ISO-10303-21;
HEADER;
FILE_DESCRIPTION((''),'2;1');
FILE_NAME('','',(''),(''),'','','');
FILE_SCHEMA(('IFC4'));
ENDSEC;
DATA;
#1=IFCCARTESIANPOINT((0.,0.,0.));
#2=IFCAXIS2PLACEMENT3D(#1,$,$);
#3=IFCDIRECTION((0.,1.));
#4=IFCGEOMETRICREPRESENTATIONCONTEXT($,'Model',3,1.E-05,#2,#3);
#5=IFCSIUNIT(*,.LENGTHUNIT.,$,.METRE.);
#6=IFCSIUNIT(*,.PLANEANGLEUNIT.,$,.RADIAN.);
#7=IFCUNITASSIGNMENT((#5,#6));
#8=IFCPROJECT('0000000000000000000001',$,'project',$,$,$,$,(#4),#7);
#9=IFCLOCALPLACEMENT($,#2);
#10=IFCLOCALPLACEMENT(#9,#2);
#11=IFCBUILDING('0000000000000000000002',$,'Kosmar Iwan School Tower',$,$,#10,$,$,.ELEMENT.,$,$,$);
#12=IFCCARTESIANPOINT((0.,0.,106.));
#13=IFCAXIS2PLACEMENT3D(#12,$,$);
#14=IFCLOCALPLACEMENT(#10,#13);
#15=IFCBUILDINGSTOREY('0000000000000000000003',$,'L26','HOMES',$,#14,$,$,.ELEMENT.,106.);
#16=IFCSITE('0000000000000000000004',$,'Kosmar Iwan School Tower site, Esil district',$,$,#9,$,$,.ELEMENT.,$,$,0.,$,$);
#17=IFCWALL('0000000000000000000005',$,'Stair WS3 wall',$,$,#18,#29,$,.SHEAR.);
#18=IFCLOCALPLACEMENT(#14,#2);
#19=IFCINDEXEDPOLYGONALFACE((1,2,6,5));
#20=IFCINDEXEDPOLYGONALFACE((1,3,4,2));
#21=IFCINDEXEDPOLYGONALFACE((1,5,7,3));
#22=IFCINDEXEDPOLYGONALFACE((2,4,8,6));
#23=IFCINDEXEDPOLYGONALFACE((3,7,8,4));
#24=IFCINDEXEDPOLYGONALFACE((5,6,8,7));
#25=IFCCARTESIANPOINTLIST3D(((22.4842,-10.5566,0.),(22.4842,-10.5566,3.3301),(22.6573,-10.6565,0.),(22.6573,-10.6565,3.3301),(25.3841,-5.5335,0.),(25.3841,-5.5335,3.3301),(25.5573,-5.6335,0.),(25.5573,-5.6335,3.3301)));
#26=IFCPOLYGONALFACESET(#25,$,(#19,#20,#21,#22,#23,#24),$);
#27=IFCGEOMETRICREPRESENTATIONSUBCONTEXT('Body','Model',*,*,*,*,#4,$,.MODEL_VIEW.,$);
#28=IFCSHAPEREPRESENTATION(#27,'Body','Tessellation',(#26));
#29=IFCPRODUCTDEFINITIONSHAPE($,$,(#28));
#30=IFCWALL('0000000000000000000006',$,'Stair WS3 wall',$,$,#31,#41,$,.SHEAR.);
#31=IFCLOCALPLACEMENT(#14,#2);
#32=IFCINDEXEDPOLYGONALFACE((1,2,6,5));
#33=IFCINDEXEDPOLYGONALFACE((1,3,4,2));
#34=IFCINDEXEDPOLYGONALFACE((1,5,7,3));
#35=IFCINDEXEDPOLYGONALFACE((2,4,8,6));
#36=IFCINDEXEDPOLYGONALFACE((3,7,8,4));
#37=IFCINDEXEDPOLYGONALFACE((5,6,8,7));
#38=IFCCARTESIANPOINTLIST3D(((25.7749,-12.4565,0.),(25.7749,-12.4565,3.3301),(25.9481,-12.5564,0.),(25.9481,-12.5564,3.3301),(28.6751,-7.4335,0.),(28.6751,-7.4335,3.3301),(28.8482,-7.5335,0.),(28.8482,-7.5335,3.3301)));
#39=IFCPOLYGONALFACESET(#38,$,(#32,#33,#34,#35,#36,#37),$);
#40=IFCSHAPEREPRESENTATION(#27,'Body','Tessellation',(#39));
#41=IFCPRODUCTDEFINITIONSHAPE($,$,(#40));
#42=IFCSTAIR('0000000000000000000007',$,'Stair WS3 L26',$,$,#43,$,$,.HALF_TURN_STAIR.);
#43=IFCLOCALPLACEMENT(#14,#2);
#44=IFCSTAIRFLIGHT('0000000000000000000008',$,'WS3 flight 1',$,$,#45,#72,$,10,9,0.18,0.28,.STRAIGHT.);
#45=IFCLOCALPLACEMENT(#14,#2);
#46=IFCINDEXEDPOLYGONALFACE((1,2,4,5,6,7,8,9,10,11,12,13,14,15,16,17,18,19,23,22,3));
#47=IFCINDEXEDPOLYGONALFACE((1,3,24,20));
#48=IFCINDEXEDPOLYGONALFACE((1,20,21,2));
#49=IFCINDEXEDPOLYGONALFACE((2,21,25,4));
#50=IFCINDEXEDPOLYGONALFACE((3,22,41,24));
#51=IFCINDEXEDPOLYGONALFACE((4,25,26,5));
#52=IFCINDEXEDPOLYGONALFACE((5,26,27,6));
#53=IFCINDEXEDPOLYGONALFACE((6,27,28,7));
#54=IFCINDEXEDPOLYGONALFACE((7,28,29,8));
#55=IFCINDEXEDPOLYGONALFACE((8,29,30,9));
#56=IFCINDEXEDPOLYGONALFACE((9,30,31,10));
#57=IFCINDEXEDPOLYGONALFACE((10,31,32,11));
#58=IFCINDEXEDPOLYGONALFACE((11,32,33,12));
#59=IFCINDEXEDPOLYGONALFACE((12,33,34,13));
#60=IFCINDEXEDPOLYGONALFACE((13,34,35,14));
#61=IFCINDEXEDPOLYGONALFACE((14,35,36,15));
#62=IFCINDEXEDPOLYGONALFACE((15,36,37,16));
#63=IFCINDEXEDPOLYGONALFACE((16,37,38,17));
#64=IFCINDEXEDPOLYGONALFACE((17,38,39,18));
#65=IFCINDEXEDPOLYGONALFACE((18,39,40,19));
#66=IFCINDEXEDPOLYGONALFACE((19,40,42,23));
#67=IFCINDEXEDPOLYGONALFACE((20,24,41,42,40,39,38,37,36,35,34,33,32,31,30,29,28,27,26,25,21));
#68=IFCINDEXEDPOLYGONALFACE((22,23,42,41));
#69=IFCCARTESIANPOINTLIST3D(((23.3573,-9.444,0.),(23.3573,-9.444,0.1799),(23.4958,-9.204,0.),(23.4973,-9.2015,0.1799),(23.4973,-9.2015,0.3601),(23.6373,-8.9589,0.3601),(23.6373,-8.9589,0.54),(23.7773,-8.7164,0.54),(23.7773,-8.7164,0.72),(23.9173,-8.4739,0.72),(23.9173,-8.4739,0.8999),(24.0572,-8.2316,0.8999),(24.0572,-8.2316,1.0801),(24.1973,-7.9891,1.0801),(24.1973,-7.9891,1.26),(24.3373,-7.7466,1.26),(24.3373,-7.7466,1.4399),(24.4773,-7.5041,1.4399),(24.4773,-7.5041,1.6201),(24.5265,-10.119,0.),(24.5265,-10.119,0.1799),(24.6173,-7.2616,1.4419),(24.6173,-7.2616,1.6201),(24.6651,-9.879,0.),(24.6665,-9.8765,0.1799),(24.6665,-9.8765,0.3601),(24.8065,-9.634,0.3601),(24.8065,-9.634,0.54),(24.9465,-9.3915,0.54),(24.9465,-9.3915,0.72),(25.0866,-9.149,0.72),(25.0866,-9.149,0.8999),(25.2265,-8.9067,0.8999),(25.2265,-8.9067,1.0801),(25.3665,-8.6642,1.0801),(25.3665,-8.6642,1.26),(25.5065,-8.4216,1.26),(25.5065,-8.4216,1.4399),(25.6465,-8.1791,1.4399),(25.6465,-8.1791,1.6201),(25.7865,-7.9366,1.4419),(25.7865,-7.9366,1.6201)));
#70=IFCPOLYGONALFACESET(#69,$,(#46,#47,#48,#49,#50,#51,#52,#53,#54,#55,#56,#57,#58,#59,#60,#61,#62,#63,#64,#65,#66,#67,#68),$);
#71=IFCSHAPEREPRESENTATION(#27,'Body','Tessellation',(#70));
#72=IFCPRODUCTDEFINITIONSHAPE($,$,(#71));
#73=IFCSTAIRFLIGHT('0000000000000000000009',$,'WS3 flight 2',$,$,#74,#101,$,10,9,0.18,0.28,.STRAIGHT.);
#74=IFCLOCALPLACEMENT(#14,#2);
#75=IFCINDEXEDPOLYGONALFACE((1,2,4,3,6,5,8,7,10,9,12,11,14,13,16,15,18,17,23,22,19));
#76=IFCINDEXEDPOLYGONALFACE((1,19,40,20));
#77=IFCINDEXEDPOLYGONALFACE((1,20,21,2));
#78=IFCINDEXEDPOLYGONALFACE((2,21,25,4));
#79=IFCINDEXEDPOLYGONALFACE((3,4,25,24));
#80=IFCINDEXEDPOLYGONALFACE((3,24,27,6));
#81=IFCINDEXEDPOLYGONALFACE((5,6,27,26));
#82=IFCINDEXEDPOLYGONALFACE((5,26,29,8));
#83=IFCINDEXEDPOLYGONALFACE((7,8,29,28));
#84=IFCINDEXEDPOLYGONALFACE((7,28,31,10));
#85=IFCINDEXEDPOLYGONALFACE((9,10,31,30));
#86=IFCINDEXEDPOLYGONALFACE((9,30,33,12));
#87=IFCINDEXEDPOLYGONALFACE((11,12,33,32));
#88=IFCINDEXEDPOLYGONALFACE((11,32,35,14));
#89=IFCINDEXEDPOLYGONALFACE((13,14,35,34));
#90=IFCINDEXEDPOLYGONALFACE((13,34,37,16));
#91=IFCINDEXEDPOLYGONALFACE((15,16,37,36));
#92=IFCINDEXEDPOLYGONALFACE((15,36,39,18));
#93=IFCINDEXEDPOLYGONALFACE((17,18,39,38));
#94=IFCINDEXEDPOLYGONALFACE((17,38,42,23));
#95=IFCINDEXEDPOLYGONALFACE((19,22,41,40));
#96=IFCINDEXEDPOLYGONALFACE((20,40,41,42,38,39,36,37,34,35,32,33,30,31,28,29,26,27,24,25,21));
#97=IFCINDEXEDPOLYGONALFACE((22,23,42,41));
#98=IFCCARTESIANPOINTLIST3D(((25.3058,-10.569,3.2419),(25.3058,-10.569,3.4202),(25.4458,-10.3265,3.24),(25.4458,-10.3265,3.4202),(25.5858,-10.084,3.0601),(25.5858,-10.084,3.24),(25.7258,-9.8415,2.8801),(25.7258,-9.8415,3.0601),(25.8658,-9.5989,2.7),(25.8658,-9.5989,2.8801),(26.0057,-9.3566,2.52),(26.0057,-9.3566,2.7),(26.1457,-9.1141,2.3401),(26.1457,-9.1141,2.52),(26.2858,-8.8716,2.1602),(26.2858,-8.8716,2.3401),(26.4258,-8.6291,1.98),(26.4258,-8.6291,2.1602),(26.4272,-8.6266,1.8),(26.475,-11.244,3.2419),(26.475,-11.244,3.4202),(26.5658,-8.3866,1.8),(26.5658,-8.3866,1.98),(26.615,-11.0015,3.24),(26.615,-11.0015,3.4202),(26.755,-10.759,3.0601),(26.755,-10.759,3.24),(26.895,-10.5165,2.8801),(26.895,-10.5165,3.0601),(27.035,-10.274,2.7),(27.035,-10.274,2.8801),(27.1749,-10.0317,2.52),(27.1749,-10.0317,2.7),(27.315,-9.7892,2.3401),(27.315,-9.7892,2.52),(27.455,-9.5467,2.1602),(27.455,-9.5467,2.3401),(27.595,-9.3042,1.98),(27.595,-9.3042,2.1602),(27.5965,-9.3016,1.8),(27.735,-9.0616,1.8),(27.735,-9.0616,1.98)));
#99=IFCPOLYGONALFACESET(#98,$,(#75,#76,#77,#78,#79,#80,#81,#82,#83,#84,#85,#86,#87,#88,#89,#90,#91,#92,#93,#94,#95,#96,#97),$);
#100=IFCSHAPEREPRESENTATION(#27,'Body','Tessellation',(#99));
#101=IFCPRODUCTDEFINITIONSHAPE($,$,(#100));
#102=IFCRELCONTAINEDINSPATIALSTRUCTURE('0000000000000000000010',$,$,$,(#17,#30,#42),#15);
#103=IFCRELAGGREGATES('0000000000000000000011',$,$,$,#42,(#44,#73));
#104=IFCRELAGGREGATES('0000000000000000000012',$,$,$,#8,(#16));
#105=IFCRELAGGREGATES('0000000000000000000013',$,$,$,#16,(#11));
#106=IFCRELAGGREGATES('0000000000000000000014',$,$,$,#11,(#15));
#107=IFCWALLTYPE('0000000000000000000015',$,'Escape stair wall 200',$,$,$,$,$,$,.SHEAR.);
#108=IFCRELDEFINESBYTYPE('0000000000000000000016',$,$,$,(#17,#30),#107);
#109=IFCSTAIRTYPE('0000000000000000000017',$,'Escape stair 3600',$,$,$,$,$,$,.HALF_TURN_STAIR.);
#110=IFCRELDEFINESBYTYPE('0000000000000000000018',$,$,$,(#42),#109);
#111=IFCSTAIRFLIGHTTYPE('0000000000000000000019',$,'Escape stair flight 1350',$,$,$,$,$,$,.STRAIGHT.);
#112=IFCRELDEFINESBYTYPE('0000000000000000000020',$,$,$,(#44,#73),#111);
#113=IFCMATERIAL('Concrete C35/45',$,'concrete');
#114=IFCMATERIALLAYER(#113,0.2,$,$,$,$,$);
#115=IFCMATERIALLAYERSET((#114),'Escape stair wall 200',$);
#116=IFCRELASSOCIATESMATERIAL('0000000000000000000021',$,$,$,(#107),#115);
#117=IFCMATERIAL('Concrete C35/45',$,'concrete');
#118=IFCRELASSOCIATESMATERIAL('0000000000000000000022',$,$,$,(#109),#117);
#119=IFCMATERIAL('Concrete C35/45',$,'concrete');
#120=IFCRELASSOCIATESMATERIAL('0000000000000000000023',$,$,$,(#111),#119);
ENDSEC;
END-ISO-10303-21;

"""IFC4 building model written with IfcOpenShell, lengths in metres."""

from ifc_helpers import new_model, si_unit, direction, frame, frame_2d, origin, place, context, subcontext, project, spatial, polyline, rectangle, outline, extrude, material, layer, layer_set, type_object, element, aggregate, save


model = new_model("IFC4")

# Units and contexts
model_context = context("Model", 3, precision=1e-05, world=origin(), true_north=direction((0.0, 1.0)))
body_context = subcontext(model_context, "Body", "Model", "MODEL_VIEW")
ifc_project = project(units=[si_unit("LENGTHUNIT", "METRE"), si_unit("PLANEANGLEUNIT", "RADIAN")], contexts=[model_context])

# Site, building, storey
site_placement = place(None, origin())
site = spatial("IfcSite", under=ifc_project, at=site_placement, Name="Kosmar Iwan School Tower site, Esil district", CompositionType="ELEMENT", RefElevation=0.0)
building_placement = place(site_placement, origin())
building = spatial("IfcBuilding", under=site, at=building_placement, Name="Kosmar Iwan School Tower", CompositionType="ELEMENT")
storey_placement = place(building_placement, frame((0.0, 0.0, 106.0)))
storey = spatial("IfcBuildingStorey", under=building, at=storey_placement, Name="L26", Description="HOMES", CompositionType="ELEMENT", Elevation=106.0)

# Walls
ifc_material_1 = material(Name="Concrete C35/45", Category="concrete")
ifc_layer_1 = layer(ifc_material_1, 0.2)
ifc_layer_set_1 = layer_set([ifc_layer_1], Name="Escape stair wall 200")
wall_type_1 = type_object("IfcWallType", Name="Escape stair wall 200", PredefinedType="SHEAR", material=ifc_layer_set_1)
for number, where, z_axis, x_axis, name in (
    (1, (22.5708, -10.6064, 0.0), (0.0, 0.0, 1.0), (0.499987, 0.866033, 0.0), "Stair WS3 wall"),
    (2, (25.8616, -12.5063, 0.0), (0.0, 0.0, 1.0), (0.500019, 0.866015, 0.0), "Stair WS3 wall"),
):
    element("IfcWall", number, at=place(storey_placement, frame(where, z_axis=z_axis, x_axis=x_axis)), inside=storey, type_object=wall_type_1, Name=name, PredefinedType="SHEAR", context=body_context, shape_type="SweptSolid", body=[
        extrude(rectangle(XDim=5.8, YDim=0.2, at=frame_2d((2.8999, 0.0))), origin(), (0.0, 0.0, 1.0), 3.3301),
    ])

# Stair, stair flights
ifc_material_2 = material(Name="Concrete C35/45", Category="concrete")
stair_type = type_object("IfcStairType", Name="Escape stair 3600", PredefinedType="HALF_TURN_STAIR", material=ifc_material_2)
stair_placement = place(storey_placement, origin())
stair = element("IfcStair", 3, at=stair_placement, inside=storey, type_object=stair_type, Name="Stair WS3 L26", PredefinedType="HALF_TURN_STAIR")
ifc_material_3 = material(Name="Concrete C35/45", Category="concrete")
stair_flight_type = type_object("IfcStairFlightType", Name="Escape stair flight 1350", PredefinedType="STRAIGHT", material=ifc_material_3)
stair_flight_1_placement = place(storey_placement, frame((23.9419, -9.7815, 0.0), z_axis=(0.0, 0.0, 1.0), x_axis=(0.5, 0.866025, 0.0)))
stair_flight_1 = element("IfcStairFlight", 4, at=stair_flight_1_placement, type_object=stair_flight_type, Name="WS3 flight 1", NumberOfRisers=10, NumberOfTreads=9, PredefinedType="STRAIGHT", RiserHeight=0.18, TreadLength=0.28, context=body_context, shape_type="SweptSolid", body=[
    extrude(outline(polyline([(0.0, 0.0), (0.0, 0.1799), (0.28, 0.1799), (0.28, 0.3601), (0.5601, 0.3601), (0.5601, 0.54), (0.8401, 0.54), (0.8401, 0.72), (1.1201, 0.72), (1.1201, 0.8999), (1.3999, 0.8999), (1.3999, 1.0801), (1.6799, 1.0801), (1.6799, 1.26), (1.96, 1.26), (1.96, 1.4399), (2.24, 1.4399), (2.24, 1.6201), (2.52, 1.6201), (2.52, 1.8), (2.52, 1.4419), (0.2771, 0.0), (0.0, 0.0)])), frame((0.0, 0.675, 0.0), z_axis=(0.0, -1.0, 0.0), x_axis=(1.0, 0.0, 0.0)), (0.0, 0.0, 1.0), 1.3501),
])
stair_flight_2_placement = place(storey_placement, frame((27.1504, -8.7241, 1.8), z_axis=(0.0, 0.0, 1.0), x_axis=(-0.5, -0.866025, 0.0)))
stair_flight_2 = element("IfcStairFlight", 5, at=stair_flight_2_placement, type_object=stair_flight_type, Name="WS3 flight 2", NumberOfRisers=10, NumberOfTreads=9, PredefinedType="STRAIGHT", RiserHeight=0.18, TreadLength=0.28, context=body_context, shape_type="SweptSolid", body=[
    extrude(outline(polyline([(0.0, 0.0), (0.0, 0.1799), (0.28, 0.1799), (0.28, 0.3601), (0.5601, 0.3601), (0.5601, 0.54), (0.8401, 0.54), (0.8401, 0.72), (1.1201, 0.72), (1.1201, 0.8999), (1.3999, 0.8999), (1.3999, 1.0801), (1.6799, 1.0801), (1.6799, 1.26), (1.96, 1.26), (1.96, 1.4399), (2.24, 1.4399), (2.24, 1.6201), (2.52, 1.6201), (2.52, 1.8), (2.52, 1.4419), (0.2771, 0.0), (0.0, 0.0)])), frame((0.0, 0.675, 0.0), z_axis=(0.0, -1.0, 0.0), x_axis=(1.0, 0.0, 0.0)), (0.0, 0.0, 1.0), 1.3501),
])
aggregate(stair, [stair_flight_1, stair_flight_2])

save(model, "model.ifc")
